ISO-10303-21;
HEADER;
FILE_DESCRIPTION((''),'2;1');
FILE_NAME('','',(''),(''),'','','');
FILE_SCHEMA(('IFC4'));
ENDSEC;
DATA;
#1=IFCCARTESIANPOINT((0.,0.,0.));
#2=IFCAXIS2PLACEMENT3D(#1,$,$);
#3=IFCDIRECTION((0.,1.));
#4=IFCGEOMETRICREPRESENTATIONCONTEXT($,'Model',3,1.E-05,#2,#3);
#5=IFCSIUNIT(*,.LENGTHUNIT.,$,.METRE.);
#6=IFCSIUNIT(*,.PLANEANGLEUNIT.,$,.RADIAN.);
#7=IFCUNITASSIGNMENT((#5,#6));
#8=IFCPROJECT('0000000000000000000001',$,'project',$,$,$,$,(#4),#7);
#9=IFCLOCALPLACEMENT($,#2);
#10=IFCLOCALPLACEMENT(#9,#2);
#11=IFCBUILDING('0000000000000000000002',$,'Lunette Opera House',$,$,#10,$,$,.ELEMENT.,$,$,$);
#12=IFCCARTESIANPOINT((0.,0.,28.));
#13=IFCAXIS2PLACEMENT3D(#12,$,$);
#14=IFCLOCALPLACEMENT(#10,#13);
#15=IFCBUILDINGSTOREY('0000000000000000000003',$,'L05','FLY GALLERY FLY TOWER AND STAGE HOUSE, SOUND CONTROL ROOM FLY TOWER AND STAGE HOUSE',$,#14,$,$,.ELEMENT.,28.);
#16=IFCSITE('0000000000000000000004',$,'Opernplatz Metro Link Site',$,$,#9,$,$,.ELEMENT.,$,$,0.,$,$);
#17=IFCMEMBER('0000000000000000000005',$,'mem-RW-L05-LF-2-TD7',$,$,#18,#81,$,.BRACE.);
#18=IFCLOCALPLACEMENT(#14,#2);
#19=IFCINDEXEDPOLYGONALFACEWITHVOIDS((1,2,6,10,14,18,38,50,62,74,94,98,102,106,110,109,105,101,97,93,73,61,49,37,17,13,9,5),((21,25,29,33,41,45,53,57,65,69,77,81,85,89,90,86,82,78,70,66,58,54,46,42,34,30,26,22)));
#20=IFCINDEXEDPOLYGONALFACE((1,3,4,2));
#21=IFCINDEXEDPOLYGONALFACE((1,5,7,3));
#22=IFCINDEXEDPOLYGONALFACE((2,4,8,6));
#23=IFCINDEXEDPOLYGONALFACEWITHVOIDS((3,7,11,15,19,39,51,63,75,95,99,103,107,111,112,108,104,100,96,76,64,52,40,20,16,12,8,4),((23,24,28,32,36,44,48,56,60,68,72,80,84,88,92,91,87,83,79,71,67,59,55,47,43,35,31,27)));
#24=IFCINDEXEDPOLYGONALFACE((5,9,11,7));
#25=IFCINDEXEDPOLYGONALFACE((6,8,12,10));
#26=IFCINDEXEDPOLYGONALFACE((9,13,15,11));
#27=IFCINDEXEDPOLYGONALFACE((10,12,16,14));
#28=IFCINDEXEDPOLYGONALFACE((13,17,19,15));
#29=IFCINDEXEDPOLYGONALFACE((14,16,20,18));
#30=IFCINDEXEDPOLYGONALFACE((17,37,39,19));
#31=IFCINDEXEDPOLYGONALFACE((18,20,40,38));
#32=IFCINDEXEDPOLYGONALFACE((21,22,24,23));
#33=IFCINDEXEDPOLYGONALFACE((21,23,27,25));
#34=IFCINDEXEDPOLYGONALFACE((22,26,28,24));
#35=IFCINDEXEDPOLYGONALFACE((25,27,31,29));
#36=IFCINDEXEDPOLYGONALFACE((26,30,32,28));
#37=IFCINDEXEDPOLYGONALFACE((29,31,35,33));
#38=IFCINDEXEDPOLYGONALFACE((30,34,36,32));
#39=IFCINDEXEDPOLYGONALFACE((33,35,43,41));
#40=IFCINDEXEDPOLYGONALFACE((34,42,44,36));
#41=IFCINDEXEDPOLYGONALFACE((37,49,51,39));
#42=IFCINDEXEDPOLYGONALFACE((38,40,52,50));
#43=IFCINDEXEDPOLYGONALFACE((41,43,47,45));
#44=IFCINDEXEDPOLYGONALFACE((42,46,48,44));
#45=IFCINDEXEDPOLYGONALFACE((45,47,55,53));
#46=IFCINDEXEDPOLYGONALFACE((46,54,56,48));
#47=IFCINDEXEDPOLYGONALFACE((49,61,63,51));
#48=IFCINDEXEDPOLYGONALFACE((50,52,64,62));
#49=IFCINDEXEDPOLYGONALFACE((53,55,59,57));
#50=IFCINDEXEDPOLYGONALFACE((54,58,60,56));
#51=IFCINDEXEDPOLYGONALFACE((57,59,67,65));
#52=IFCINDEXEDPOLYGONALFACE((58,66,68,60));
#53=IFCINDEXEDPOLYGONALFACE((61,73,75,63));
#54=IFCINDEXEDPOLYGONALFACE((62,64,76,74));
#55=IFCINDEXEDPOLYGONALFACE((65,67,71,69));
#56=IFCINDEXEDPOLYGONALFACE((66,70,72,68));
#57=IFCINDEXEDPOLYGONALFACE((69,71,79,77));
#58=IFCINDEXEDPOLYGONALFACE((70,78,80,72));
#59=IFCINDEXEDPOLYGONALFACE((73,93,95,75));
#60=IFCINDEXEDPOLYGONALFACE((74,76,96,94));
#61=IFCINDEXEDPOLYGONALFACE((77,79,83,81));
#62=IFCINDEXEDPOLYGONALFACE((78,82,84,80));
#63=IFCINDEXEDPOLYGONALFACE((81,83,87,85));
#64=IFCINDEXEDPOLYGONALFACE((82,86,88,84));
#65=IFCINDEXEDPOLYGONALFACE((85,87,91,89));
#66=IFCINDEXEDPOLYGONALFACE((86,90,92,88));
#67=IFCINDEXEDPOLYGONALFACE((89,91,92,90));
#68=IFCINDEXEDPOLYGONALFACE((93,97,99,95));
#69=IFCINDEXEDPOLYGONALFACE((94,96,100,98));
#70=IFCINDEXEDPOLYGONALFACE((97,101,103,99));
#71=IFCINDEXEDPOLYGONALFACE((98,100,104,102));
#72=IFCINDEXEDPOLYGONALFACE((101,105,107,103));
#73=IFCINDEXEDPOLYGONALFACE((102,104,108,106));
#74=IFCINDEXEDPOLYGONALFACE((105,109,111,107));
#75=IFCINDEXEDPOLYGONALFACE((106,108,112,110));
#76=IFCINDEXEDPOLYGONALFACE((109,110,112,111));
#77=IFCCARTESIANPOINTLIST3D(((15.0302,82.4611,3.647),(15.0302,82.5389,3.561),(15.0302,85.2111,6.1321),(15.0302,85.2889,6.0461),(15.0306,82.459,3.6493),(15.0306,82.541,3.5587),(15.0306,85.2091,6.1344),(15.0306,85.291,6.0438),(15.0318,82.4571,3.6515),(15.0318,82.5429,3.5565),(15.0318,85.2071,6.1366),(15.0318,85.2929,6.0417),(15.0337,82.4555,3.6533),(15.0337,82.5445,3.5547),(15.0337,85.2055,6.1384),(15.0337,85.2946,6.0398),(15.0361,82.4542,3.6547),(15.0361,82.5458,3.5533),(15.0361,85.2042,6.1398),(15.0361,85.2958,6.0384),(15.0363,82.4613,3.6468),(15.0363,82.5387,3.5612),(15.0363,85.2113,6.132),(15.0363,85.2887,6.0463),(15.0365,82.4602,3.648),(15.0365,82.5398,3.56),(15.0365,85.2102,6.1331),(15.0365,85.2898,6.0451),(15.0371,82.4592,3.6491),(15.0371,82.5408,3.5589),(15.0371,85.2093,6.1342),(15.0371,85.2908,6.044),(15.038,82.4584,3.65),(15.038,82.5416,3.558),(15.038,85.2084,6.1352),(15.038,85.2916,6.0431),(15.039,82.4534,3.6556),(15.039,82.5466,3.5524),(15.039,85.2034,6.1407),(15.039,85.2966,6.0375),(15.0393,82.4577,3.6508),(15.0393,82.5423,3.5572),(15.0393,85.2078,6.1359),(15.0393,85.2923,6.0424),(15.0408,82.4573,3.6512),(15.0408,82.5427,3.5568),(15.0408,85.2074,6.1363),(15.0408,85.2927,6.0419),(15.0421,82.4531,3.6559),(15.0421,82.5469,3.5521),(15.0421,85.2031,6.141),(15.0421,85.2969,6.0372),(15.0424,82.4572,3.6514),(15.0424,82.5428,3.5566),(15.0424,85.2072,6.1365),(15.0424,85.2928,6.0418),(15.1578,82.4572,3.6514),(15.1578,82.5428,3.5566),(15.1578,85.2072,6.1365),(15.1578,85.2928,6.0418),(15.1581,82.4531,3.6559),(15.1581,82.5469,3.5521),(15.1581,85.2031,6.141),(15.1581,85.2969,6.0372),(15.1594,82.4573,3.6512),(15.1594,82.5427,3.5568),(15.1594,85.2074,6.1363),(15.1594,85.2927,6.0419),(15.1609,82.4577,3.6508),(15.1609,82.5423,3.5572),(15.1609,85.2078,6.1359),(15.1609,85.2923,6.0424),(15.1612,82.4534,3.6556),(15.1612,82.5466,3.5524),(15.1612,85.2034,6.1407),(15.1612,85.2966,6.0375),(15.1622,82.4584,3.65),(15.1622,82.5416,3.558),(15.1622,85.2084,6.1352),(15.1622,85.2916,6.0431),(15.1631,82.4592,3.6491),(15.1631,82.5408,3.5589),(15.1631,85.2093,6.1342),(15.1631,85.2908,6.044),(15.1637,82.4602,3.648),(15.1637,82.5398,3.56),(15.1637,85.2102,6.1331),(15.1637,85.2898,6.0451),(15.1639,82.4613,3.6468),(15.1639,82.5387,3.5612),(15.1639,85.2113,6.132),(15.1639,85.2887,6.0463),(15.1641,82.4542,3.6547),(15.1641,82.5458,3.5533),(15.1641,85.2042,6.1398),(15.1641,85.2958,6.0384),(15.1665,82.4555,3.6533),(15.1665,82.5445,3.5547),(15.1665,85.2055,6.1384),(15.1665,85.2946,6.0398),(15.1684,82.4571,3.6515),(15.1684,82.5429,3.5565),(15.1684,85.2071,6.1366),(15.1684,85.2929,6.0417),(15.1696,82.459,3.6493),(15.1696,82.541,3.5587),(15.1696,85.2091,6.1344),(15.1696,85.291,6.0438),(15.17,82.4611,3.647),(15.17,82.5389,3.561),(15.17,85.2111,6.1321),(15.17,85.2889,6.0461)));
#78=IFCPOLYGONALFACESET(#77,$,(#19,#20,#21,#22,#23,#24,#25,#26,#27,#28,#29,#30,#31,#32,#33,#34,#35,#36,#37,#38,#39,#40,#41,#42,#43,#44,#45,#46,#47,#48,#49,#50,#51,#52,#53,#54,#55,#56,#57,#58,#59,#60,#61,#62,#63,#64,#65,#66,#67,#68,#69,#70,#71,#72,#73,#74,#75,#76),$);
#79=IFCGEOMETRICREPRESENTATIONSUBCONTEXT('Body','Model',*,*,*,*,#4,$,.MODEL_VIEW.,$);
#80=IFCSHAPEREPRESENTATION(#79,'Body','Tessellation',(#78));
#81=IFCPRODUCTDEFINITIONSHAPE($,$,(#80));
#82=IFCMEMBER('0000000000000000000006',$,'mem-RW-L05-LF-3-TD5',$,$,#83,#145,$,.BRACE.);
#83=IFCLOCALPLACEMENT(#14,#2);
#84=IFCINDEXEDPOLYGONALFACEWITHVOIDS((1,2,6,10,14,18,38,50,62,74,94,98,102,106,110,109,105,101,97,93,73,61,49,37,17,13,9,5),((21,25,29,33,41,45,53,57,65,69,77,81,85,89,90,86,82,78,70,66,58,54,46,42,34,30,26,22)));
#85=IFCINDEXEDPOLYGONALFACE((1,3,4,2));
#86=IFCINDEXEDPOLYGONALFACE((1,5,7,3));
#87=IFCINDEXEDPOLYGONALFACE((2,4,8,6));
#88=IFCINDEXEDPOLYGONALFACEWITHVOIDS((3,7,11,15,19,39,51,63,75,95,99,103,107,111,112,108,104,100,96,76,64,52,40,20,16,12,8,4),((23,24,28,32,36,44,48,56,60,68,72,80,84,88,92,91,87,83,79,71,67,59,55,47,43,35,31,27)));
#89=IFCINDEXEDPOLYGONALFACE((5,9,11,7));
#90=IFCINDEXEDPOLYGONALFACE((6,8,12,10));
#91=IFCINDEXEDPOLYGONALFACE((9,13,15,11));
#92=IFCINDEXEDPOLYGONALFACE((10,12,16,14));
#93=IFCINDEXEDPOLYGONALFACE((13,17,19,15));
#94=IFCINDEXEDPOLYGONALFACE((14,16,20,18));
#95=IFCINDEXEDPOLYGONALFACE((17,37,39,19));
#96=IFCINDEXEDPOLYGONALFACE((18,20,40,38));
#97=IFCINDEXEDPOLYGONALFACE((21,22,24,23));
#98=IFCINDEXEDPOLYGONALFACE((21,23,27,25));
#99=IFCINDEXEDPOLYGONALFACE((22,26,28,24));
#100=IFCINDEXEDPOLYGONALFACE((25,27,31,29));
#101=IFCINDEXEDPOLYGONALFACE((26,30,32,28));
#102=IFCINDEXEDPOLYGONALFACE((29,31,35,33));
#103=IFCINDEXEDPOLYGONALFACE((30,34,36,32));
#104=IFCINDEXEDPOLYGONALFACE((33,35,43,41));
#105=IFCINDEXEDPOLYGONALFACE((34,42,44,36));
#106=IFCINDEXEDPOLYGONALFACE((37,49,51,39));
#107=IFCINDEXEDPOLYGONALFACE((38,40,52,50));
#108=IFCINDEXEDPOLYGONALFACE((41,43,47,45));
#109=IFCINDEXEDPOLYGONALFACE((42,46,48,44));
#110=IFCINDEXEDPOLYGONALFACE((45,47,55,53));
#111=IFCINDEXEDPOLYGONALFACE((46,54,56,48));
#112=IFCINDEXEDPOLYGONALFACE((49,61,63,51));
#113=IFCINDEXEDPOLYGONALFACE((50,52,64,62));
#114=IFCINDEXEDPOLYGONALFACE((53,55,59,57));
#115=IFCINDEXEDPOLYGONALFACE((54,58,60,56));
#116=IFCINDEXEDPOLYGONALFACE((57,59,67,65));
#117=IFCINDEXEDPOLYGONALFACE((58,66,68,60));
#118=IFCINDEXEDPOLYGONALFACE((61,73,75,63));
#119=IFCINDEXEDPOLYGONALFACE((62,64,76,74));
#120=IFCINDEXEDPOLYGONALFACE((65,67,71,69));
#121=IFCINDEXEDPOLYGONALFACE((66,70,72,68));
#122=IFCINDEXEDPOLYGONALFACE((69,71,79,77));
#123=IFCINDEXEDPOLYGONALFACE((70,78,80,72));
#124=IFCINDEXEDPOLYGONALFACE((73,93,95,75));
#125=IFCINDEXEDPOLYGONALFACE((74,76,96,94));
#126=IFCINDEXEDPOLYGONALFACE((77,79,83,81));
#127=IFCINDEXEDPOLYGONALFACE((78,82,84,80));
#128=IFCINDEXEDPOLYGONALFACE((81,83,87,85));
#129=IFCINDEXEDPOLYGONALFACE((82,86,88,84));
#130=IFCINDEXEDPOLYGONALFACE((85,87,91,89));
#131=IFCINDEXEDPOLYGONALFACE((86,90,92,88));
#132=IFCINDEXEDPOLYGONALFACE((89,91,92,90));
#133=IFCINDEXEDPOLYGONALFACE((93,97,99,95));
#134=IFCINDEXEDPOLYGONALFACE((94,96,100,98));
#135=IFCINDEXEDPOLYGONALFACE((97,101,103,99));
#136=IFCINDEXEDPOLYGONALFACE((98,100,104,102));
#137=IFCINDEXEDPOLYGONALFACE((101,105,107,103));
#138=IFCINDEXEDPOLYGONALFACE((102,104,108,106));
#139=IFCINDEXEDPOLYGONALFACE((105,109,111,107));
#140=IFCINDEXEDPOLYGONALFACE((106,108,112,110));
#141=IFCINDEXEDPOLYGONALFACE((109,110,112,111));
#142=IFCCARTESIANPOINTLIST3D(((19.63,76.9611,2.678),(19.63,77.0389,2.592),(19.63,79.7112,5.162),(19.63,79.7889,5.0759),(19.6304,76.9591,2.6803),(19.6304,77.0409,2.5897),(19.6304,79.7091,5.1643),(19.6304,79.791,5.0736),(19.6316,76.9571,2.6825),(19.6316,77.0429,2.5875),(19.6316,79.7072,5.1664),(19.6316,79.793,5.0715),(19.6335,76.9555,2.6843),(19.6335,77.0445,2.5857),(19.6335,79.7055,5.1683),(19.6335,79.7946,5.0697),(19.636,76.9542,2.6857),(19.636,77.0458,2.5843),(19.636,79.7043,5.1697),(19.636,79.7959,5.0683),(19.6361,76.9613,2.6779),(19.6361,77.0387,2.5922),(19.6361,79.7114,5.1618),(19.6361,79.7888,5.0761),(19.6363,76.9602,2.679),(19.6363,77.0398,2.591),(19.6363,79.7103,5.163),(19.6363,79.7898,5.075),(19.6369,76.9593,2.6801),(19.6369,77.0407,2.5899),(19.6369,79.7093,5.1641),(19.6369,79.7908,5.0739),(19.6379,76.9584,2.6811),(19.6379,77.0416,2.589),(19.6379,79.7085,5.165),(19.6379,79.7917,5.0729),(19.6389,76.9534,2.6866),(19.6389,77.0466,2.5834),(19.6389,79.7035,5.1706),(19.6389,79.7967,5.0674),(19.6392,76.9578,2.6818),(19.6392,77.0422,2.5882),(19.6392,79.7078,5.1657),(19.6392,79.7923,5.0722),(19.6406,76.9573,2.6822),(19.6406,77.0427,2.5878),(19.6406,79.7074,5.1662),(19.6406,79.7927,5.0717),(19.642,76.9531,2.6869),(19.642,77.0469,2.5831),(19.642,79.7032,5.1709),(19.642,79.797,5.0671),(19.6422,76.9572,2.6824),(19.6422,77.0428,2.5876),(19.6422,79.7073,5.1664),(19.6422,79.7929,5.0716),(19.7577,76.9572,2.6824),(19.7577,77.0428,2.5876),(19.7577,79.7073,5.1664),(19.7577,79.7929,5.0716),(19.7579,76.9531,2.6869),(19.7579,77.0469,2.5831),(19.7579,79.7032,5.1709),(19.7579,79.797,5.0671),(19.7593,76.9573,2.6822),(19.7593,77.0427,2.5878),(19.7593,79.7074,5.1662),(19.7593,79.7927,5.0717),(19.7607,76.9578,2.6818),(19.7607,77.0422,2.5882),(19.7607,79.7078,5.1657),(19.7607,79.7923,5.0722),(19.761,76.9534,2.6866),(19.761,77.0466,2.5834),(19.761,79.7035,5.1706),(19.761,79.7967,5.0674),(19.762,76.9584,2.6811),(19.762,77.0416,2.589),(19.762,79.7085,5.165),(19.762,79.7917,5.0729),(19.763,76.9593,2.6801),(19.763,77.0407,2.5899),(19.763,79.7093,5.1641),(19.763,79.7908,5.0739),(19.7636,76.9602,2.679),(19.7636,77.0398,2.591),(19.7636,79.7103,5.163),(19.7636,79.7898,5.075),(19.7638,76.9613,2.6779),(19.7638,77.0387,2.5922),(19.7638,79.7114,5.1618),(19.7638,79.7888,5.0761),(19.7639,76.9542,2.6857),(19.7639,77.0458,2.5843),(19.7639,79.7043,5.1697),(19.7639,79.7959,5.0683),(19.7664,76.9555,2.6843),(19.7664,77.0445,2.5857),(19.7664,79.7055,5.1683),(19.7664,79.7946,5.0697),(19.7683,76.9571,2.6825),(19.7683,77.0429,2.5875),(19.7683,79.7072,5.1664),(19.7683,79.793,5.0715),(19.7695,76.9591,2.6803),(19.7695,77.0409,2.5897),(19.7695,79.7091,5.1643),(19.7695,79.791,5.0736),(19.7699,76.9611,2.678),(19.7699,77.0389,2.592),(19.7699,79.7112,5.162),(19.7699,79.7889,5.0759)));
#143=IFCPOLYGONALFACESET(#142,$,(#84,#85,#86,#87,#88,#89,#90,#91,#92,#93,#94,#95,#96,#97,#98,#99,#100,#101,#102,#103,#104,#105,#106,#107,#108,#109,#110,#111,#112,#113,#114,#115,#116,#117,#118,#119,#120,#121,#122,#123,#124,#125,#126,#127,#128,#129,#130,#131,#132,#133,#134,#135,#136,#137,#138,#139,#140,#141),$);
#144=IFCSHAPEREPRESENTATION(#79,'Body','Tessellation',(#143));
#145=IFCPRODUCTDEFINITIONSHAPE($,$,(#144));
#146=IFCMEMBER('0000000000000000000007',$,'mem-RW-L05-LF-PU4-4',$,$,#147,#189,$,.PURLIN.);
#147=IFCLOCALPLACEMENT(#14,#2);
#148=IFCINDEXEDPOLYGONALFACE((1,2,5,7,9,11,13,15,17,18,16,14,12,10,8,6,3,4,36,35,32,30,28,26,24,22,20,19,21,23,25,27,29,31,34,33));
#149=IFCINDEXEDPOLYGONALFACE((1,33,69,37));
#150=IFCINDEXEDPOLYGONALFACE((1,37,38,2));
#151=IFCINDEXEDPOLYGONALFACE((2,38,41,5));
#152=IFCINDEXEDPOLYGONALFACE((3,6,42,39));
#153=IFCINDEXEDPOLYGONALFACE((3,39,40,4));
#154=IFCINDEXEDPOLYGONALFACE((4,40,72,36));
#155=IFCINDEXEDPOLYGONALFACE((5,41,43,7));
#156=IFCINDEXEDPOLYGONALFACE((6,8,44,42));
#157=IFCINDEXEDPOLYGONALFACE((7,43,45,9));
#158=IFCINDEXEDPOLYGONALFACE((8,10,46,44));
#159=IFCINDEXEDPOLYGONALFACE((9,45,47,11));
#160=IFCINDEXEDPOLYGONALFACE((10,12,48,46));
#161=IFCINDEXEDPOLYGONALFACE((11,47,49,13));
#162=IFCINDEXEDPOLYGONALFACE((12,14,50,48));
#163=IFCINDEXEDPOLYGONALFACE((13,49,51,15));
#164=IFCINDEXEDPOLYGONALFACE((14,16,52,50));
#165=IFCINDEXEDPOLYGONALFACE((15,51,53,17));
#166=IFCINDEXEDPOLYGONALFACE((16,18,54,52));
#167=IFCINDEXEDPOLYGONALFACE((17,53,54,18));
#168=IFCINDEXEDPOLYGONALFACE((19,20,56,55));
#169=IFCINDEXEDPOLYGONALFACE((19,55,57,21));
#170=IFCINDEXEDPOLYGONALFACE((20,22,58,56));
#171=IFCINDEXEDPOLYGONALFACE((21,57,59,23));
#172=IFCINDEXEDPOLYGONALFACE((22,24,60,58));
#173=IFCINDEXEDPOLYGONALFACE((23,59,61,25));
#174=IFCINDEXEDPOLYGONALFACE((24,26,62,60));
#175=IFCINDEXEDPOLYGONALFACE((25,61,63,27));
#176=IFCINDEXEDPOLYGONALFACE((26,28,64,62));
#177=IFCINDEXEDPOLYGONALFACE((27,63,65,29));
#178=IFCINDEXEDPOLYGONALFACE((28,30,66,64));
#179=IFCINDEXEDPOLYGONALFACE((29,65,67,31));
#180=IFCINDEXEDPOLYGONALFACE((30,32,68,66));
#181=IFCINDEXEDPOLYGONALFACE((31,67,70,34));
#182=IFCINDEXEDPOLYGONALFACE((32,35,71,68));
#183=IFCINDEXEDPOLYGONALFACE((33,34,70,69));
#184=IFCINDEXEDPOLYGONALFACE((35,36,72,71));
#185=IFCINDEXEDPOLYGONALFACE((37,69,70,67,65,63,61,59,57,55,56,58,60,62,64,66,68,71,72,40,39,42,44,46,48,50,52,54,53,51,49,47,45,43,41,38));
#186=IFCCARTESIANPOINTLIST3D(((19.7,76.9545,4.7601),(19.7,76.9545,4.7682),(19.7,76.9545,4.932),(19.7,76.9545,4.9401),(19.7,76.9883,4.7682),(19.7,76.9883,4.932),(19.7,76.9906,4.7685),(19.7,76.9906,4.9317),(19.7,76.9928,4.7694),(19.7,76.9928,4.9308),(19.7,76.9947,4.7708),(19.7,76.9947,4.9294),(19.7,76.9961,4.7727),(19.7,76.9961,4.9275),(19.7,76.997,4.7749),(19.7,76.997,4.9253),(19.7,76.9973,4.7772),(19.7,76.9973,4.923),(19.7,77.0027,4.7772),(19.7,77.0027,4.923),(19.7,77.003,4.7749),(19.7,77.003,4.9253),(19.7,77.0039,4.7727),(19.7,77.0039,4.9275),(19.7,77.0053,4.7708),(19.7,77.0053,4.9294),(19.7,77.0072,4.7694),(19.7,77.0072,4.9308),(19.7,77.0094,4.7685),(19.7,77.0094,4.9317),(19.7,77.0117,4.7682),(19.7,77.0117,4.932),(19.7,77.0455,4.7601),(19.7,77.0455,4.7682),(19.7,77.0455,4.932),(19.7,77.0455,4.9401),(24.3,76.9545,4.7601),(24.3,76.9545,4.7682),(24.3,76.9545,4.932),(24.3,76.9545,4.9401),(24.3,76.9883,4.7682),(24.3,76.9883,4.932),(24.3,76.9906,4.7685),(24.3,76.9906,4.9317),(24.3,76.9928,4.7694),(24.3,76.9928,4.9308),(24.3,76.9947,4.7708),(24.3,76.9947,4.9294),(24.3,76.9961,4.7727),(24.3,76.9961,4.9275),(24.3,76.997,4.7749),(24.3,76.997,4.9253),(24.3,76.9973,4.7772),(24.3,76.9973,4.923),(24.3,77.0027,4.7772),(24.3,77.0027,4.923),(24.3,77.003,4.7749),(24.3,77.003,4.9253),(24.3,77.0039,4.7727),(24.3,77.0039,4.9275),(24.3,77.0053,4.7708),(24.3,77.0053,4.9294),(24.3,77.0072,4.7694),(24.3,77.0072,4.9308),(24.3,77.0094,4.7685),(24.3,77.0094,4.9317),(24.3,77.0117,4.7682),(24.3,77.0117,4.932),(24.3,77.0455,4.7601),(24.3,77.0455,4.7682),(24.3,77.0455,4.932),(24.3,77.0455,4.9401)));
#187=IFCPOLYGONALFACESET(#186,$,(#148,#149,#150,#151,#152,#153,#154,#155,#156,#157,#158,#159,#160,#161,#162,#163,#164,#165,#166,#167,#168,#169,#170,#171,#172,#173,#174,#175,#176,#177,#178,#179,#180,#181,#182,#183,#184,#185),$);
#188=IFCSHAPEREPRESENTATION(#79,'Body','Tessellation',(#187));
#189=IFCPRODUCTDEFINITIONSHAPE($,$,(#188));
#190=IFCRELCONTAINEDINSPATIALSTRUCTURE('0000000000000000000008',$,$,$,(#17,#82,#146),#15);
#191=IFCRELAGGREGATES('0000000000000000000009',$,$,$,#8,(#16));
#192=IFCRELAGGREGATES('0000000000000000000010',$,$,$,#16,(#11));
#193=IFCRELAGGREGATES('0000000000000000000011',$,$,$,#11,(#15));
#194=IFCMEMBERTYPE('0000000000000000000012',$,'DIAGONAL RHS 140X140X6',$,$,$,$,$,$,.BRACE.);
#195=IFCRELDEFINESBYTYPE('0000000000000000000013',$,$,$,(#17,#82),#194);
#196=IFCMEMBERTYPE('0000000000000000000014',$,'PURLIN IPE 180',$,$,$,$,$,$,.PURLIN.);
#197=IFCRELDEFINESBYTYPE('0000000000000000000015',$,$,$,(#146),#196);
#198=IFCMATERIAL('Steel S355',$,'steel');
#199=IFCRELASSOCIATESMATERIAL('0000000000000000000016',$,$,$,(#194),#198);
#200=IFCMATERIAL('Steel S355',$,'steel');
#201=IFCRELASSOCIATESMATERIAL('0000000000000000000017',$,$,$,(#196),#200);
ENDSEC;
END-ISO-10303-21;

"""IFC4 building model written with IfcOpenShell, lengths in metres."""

from ifc_helpers import new_model, si_unit, direction, frame, origin, origin_2d, place, context, subcontext, project, spatial, hollow_rectangle, i_section, extrude, material, material_profile, profile_set, type_object, element, save


model = new_model("IFC4")

# Units and contexts
model_context = context("Model", 3, precision=1e-05, world=origin(), true_north=direction((0.0, 1.0)))
body_context = subcontext(model_context, "Body", "Model", "MODEL_VIEW")
ifc_project = project(units=[si_unit("LENGTHUNIT", "METRE"), si_unit("PLANEANGLEUNIT", "RADIAN")], contexts=[model_context])

# Site, building, storey
site_placement = place(None, origin())
site = spatial("IfcSite", under=ifc_project, at=site_placement, Name="Opernplatz Metro Link Site", CompositionType="ELEMENT", RefElevation=0.0)
building_placement = place(site_placement, origin())
building = spatial("IfcBuilding", under=site, at=building_placement, Name="Lunette Opera House", CompositionType="ELEMENT")
storey_placement = place(building_placement, frame((0.0, 0.0, 28.0)))
storey = spatial("IfcBuildingStorey", under=building, at=storey_placement, Name="L05", Description="FLY GALLERY FLY TOWER AND STAGE HOUSE, SOUND CONTROL ROOM FLY TOWER AND STAGE HOUSE", CompositionType="ELEMENT", Elevation=28.0)

# Members
ifc_material_1 = material(Name="Steel S355", Category="steel")
ifc_material_profile_1 = material_profile(ifc_material_1, hollow_rectangle(XDim=0.1399, YDim=0.1399, WallThickness=0.0061, InnerFilletRadius=0.0061, OuterFilletRadius=0.012, at=origin_2d()), Name="RHS 140X140X6")
ifc_profile_set_1 = profile_set([ifc_material_profile_1], Name="Steel S355")
member_type_1 = type_object("IfcMemberType", Name="DIAGONAL RHS 140X140X6", PredefinedType="BRACE", material=ifc_profile_set_1)
member_1_placement = place(storey_placement, frame((15.1001, 82.5, 3.604), z_axis=(0.0, 0.741937, 0.67047), x_axis=(-1.0, 0.0, 0.0)))
element("IfcMember", 1, at=member_1_placement, inside=storey, type_object=member_type_1, Name="mem-RW-L05-LF-2-TD7", PredefinedType="BRACE", context=body_context, shape_type="SweptSolid", body=[
    extrude(hollow_rectangle(XDim=0.1399, YDim=0.1399, WallThickness=0.0061, InnerFilletRadius=0.0061, OuterFilletRadius=0.012, at=origin_2d()), origin(), (0.0, 0.0, 1.0), 3.7065),
])
member_2_placement = place(storey_placement, frame((19.7, 77.0, 2.635), z_axis=(0.0, 0.742101, 0.670289), x_axis=(-1.0, 0.0, 0.0)))
element("IfcMember", 2, at=member_2_placement, inside=storey, type_object=member_type_1, Name="mem-RW-L05-LF-3-TD5", PredefinedType="BRACE", context=body_context, shape_type="SweptSolid", body=[
    extrude(hollow_rectangle(XDim=0.1399, YDim=0.1399, WallThickness=0.0061, InnerFilletRadius=0.0061, OuterFilletRadius=0.012, at=origin_2d()), origin(), (0.0, 0.0, 1.0), 3.7058),
])
ifc_material_2 = material(Name="Steel S355", Category="steel")
ifc_material_profile_2 = material_profile(ifc_material_2, i_section(OverallWidth=0.0911, OverallDepth=0.1799, WebThickness=0.0054, FlangeThickness=0.0081, FilletRadius=0.009, at=origin_2d()), Name="IPE 180")
ifc_profile_set_2 = profile_set([ifc_material_profile_2], Name="Steel S355")
member_type_2 = type_object("IfcMemberType", Name="PURLIN IPE 180", PredefinedType="PURLIN", material=ifc_profile_set_2)
member_3_placement = place(storey_placement, frame((19.7, 77.0, 4.8501), z_axis=(1.0, 0.0, 0.0), x_axis=(0.0, 1.0, 0.0)))
element("IfcMember", 3, at=member_3_placement, inside=storey, type_object=member_type_2, Name="mem-RW-L05-LF-PU4-4", PredefinedType="PURLIN", context=body_context, shape_type="SweptSolid", body=[
    extrude(i_section(OverallWidth=0.0911, OverallDepth=0.1799, WebThickness=0.0054, FlangeThickness=0.0081, FilletRadius=0.009, at=origin_2d()), origin(), (0.0, 0.0, 1.0), 4.6001),
])

save(model, "model.ifc")
